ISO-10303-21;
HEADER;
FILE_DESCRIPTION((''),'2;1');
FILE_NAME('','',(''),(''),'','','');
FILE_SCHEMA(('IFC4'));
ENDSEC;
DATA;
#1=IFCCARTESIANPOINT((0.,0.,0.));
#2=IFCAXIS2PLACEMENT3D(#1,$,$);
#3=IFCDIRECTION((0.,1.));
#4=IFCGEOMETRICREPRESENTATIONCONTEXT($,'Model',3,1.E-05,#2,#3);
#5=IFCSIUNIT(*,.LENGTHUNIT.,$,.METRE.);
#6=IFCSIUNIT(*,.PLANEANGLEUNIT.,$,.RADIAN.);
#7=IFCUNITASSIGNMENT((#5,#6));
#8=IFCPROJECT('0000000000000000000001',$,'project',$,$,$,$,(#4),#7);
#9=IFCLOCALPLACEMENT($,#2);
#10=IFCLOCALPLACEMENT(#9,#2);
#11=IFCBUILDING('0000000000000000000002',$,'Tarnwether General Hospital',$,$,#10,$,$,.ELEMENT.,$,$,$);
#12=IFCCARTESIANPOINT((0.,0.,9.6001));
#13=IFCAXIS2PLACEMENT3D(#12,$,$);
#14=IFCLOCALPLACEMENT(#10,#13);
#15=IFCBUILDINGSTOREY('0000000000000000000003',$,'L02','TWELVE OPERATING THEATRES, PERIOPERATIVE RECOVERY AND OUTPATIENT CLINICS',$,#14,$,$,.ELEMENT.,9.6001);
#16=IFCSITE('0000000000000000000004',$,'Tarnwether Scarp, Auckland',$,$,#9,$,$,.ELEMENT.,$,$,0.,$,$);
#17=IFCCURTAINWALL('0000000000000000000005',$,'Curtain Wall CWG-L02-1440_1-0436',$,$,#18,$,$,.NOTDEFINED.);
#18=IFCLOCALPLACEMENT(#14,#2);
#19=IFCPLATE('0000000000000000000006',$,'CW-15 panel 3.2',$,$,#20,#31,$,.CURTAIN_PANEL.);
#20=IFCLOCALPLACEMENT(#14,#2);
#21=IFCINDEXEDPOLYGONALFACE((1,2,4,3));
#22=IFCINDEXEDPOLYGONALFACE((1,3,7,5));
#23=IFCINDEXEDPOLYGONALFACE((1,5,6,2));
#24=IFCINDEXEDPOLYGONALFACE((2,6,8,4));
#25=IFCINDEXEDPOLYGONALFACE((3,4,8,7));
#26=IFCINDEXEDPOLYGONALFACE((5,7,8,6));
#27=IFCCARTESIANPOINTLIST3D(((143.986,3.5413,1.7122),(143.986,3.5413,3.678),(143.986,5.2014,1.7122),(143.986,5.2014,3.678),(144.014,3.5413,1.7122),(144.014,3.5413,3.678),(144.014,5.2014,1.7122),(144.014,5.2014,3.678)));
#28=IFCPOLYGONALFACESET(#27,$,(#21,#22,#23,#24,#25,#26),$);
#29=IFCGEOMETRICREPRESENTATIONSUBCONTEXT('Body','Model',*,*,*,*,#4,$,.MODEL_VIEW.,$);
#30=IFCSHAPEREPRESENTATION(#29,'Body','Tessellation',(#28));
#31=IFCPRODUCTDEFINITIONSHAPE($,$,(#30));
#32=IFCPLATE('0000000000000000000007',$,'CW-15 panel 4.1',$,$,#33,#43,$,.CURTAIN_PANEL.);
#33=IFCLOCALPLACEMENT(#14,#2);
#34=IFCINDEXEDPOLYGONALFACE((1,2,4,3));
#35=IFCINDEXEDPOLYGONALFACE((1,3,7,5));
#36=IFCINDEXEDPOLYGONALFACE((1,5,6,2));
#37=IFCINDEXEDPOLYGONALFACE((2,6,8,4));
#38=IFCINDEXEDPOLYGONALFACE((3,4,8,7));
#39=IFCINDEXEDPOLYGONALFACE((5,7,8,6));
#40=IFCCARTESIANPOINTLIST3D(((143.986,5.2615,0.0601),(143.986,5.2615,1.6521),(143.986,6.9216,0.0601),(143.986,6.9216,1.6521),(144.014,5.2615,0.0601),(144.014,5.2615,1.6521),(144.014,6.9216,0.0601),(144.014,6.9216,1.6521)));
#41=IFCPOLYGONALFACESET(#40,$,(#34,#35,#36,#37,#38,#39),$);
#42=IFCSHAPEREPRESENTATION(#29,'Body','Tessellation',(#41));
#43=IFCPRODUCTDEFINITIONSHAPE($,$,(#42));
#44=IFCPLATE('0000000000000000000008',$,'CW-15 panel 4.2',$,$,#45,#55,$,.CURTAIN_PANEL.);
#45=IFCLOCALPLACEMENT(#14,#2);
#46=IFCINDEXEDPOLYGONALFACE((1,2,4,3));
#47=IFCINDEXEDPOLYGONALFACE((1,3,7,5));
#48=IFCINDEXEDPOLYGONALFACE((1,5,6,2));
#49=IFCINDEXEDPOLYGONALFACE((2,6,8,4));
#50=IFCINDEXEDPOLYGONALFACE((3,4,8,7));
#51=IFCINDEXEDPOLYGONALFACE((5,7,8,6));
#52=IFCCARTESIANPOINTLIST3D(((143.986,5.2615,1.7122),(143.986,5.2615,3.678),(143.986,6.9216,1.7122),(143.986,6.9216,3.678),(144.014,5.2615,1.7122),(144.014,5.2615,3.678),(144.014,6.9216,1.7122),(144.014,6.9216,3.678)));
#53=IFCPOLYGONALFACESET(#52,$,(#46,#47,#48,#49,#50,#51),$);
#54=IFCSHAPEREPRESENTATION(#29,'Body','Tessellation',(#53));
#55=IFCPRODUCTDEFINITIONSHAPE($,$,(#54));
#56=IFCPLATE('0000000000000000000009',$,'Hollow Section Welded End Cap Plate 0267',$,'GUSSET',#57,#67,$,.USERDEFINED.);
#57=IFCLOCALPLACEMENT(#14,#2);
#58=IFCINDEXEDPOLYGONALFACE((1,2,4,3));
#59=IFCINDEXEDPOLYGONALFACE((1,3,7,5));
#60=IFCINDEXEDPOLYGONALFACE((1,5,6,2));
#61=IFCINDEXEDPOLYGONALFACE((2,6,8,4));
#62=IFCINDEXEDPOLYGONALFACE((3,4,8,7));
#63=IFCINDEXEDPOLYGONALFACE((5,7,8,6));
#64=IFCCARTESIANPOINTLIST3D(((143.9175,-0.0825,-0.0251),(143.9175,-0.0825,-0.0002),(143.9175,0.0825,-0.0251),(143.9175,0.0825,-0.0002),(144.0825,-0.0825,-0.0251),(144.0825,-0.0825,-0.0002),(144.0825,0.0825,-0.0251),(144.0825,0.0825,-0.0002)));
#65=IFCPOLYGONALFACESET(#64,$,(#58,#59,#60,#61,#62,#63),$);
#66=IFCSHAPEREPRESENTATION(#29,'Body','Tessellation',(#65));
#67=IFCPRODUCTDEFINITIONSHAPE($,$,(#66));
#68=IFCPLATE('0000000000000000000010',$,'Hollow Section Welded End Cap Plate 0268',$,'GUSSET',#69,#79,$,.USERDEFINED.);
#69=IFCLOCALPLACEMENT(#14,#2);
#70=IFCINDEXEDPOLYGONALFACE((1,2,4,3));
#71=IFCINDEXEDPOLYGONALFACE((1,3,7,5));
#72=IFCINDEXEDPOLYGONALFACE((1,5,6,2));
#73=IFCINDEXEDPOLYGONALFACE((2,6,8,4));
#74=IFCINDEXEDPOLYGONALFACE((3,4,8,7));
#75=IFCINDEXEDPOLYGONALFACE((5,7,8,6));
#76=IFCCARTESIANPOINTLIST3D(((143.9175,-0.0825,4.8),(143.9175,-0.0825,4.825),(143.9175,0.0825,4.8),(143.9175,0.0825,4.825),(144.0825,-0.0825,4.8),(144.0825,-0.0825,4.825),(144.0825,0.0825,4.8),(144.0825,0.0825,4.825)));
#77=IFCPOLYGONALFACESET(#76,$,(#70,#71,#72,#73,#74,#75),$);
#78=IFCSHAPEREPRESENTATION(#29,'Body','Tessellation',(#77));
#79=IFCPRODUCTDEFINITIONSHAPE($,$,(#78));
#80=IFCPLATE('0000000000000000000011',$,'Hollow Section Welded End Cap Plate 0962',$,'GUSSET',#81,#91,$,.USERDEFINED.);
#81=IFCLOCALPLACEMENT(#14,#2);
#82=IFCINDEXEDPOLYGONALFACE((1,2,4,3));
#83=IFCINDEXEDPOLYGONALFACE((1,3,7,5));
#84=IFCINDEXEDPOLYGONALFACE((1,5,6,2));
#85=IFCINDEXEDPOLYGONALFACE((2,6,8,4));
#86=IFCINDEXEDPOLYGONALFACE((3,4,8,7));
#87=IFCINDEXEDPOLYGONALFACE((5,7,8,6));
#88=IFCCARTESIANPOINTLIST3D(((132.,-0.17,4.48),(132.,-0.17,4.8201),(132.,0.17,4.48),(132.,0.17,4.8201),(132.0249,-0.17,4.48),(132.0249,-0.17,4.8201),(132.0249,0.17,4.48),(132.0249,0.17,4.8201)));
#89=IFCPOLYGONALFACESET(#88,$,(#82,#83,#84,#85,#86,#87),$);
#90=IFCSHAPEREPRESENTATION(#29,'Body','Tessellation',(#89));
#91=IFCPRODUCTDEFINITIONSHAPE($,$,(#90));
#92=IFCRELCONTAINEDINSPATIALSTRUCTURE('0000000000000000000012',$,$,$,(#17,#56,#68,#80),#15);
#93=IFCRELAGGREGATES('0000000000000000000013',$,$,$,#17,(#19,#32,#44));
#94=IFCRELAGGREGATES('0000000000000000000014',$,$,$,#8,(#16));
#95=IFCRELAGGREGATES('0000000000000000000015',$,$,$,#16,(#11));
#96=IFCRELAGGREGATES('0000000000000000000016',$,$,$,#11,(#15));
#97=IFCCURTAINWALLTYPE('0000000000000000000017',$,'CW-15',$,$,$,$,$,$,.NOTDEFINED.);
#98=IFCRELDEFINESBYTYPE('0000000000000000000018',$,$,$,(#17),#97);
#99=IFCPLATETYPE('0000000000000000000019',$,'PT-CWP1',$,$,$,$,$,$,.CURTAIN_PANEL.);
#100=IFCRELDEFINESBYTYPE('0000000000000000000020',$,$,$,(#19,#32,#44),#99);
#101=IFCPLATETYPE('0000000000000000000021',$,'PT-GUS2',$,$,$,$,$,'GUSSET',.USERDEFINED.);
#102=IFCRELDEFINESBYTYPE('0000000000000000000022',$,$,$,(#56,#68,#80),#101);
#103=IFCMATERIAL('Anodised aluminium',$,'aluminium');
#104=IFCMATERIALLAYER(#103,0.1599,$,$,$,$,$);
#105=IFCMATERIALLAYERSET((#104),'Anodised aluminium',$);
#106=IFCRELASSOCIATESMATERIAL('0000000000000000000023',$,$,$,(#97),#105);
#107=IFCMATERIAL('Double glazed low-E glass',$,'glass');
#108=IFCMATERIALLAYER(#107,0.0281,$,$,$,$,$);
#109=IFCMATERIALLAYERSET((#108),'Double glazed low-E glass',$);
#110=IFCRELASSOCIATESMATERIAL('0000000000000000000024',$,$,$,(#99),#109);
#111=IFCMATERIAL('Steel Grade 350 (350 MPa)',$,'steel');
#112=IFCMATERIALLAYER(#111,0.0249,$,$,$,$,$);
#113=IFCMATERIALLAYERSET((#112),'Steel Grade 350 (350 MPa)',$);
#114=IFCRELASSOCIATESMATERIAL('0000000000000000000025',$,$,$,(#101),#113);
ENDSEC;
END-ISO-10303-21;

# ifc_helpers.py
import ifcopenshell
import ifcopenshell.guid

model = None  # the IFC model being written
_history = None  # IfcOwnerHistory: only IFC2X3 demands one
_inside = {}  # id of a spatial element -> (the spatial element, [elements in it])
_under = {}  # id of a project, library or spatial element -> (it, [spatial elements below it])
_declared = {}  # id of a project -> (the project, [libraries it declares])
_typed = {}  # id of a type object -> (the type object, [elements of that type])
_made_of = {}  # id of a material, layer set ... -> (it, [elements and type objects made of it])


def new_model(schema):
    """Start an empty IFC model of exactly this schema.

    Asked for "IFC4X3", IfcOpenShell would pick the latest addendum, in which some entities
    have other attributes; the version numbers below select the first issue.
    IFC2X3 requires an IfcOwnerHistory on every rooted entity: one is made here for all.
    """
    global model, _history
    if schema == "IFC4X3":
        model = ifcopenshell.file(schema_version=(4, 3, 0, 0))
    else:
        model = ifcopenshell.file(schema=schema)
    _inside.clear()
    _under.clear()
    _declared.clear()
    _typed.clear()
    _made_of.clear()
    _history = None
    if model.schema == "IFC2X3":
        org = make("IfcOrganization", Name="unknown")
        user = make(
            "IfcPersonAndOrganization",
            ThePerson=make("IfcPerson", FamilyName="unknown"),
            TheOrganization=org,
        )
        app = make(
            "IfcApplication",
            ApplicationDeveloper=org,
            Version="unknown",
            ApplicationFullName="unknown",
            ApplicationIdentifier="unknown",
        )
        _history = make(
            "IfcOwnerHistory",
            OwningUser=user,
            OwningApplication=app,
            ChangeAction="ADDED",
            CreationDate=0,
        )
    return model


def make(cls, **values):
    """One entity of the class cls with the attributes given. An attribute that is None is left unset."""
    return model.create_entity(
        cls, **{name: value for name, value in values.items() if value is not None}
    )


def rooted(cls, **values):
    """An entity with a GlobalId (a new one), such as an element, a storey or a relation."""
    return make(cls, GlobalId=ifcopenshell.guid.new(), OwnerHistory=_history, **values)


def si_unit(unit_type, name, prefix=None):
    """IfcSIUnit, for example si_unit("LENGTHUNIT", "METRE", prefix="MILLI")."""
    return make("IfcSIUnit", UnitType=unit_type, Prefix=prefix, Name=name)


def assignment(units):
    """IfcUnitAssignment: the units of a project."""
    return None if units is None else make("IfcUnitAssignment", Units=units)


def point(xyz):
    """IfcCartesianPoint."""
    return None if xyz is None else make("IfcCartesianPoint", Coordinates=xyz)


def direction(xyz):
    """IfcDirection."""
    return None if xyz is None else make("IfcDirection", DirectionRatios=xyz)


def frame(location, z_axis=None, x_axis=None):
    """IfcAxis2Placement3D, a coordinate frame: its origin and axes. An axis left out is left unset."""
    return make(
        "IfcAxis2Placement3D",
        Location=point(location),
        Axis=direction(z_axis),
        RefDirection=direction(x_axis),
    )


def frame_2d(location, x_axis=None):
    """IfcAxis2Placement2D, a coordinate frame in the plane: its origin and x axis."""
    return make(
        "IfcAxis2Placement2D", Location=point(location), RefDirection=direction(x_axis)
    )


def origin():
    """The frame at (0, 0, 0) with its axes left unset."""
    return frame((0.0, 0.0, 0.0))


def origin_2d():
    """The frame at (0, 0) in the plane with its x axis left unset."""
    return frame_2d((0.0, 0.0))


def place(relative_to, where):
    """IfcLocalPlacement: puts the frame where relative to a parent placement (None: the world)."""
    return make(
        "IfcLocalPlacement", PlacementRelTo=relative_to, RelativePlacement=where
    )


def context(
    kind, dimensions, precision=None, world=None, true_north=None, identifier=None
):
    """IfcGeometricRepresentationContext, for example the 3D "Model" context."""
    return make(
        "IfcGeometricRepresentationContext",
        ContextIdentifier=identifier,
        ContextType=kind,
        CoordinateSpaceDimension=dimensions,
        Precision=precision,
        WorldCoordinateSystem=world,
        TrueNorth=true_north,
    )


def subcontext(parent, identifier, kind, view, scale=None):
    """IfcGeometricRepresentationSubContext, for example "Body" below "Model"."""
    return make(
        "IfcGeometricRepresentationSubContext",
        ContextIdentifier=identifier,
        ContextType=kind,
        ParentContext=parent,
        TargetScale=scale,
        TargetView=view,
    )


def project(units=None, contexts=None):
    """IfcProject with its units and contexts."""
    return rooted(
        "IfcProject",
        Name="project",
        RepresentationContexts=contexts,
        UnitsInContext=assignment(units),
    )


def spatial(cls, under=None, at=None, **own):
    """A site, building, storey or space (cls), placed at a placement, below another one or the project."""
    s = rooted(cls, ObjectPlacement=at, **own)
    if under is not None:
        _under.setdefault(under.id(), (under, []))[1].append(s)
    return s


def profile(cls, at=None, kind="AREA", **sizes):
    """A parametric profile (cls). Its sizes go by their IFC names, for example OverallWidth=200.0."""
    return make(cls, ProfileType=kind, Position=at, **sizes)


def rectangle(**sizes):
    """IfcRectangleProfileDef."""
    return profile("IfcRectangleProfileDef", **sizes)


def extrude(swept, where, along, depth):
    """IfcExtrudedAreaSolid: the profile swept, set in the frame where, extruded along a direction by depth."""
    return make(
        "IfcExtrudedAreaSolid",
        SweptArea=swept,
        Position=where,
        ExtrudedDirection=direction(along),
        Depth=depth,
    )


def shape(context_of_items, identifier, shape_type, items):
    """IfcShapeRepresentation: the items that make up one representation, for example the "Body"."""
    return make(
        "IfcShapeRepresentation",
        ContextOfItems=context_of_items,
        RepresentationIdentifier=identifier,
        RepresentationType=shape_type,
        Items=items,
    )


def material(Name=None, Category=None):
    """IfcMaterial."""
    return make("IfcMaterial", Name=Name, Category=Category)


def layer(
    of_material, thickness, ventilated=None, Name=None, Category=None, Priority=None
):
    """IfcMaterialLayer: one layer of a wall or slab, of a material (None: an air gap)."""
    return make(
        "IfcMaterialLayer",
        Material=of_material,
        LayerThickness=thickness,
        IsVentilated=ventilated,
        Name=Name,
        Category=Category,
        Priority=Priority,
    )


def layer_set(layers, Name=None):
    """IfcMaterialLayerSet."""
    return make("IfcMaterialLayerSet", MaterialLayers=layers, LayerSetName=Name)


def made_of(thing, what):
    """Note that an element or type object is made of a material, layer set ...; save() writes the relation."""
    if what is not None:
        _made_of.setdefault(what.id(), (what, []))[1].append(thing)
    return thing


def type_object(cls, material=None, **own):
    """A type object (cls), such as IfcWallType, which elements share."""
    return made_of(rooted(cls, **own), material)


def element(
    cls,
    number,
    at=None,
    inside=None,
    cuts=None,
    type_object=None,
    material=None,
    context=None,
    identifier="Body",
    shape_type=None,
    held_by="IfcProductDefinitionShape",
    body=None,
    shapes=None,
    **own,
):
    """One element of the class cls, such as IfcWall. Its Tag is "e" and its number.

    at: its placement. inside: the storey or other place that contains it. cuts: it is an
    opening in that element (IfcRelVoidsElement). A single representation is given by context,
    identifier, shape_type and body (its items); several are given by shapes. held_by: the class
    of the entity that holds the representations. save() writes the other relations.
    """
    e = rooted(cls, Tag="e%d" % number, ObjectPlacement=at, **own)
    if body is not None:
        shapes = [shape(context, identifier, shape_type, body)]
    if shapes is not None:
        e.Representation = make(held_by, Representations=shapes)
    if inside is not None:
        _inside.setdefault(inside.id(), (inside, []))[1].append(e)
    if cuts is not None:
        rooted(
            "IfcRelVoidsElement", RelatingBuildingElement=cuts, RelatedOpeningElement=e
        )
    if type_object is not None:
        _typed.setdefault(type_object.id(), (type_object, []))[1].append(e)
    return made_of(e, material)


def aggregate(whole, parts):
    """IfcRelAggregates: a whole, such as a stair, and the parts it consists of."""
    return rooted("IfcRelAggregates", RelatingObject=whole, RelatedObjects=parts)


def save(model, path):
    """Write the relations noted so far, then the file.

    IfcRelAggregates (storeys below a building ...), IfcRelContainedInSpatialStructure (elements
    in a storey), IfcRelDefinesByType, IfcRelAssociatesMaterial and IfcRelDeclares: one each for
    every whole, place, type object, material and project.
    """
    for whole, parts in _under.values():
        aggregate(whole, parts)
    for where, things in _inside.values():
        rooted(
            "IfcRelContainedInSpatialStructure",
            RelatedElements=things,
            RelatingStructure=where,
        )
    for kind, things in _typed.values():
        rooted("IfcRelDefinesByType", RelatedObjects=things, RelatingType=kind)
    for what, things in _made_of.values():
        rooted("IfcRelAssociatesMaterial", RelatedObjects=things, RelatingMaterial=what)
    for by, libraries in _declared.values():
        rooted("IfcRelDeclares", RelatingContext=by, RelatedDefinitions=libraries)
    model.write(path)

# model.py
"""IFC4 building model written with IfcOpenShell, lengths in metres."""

from ifc_helpers import new_model, si_unit, direction, frame, origin, origin_2d, place, context, subcontext, project, spatial, rectangle, extrude, material, layer, layer_set, type_object, element, aggregate, save


model = new_model("IFC4")

# Units and contexts
model_context = context("Model", 3, precision=1e-05, world=origin(), true_north=direction((0.0, 1.0)))
body_context = subcontext(model_context, "Body", "Model", "MODEL_VIEW")
ifc_project = project(units=[si_unit("LENGTHUNIT", "METRE"), si_unit("PLANEANGLEUNIT", "RADIAN")], contexts=[model_context])

# Site, building, storey
site_placement = place(None, origin())
site = spatial("IfcSite", under=ifc_project, at=site_placement, Name="Tarnwether Scarp, Auckland", CompositionType="ELEMENT", RefElevation=0.0)
building_placement = place(site_placement, origin())
building = spatial("IfcBuilding", under=site, at=building_placement, Name="Tarnwether General Hospital", CompositionType="ELEMENT")
storey_placement = place(building_placement, frame((0.0, 0.0, 9.6001)))
storey = spatial("IfcBuildingStorey", under=building, at=storey_placement, Name="L02", Description="TWELVE OPERATING THEATRES, PERIOPERATIVE RECOVERY AND OUTPATIENT CLINICS", CompositionType="ELEMENT", Elevation=9.6001)

# Curtain wall, plates
ifc_material_1 = material(Name="Anodised aluminium", Category="aluminium")
ifc_layer_1 = layer(ifc_material_1, 0.1599)
ifc_layer_set_1 = layer_set([ifc_layer_1], Name="Anodised aluminium")
curtain_wall_type = type_object("IfcCurtainWallType", Name="CW-15", PredefinedType="NOTDEFINED", material=ifc_layer_set_1)
curtain_wall_placement = place(storey_placement, origin())
curtain_wall = element("IfcCurtainWall", 1, at=curtain_wall_placement, inside=storey, type_object=curtain_wall_type, Name="Curtain Wall CWG-L02-1440_1-0436", PredefinedType="NOTDEFINED")
ifc_material_2 = material(Name="Double glazed low-E glass", Category="glass")
ifc_layer_2 = layer(ifc_material_2, 0.0281)
ifc_layer_set_2 = layer_set([ifc_layer_2], Name="Double glazed low-E glass")
plate_type_1 = type_object("IfcPlateType", Name="PT-CWP1", PredefinedType="CURTAIN_PANEL", material=ifc_layer_set_2)
plate_1_placement = place(storey_placement, frame((144.0, 4.3713, 1.7122), z_axis=(0.0, 0.0, 1.0), x_axis=(0.0, 1.0, 0.0)))
plate_1 = element("IfcPlate", 2, at=plate_1_placement, type_object=plate_type_1, Name="CW-15 panel 3.2", PredefinedType="CURTAIN_PANEL", context=body_context, shape_type="SweptSolid", body=[
    extrude(rectangle(XDim=1.6602, YDim=0.0281, at=origin_2d()), origin(), (0.0, 0.0, 1.0), 1.9658),
])
plate_2_placement = place(storey_placement, frame((144.0, 6.0916, 0.0601), z_axis=(0.0, 0.0, 1.0), x_axis=(0.0, 1.0, 0.0)))
plate_2 = element("IfcPlate", 3, at=plate_2_placement, type_object=plate_type_1, Name="CW-15 panel 4.1", PredefinedType="CURTAIN_PANEL", context=body_context, shape_type="SweptSolid", body=[
    extrude(rectangle(XDim=1.6602, YDim=0.0281, at=origin_2d()), origin(), (0.0, 0.0, 1.0), 1.592),
])
plate_3_placement = place(storey_placement, frame((144.0, 6.0916, 1.7122), z_axis=(0.0, 0.0, 1.0), x_axis=(0.0, 1.0, 0.0)))
plate_3 = element("IfcPlate", 4, at=plate_3_placement, type_object=plate_type_1, Name="CW-15 panel 4.2", PredefinedType="CURTAIN_PANEL", context=body_context, shape_type="SweptSolid", body=[
    extrude(rectangle(XDim=1.6602, YDim=0.0281, at=origin_2d()), origin(), (0.0, 0.0, 1.0), 1.9658),
])
aggregate(curtain_wall, [plate_1, plate_2, plate_3])

# Plates
ifc_material_3 = material(Name="Steel Grade 350 (350 MPa)", Category="steel")
ifc_layer_3 = layer(ifc_material_3, 0.0249)
ifc_layer_set_3 = layer_set([ifc_layer_3], Name="Steel Grade 350 (350 MPa)")
plate_type_2 = type_object("IfcPlateType", Name="PT-GUS2", ElementType="GUSSET", PredefinedType="USERDEFINED", material=ifc_layer_set_3)
for number, where, z_axis, x_axis, name in (
    (5, (144.0, 0.0, -0.0251), (0.0, 0.0, 1.0), (1.0, 0.0, 0.0), "Hollow Section Welded End Cap Plate 0267"),
    (6, (144.0, 0.0, 4.8), (0.0, 0.0, 1.0), (1.0, 0.0, 0.0), "Hollow Section Welded End Cap Plate 0268"),
):
    element("IfcPlate", number, at=place(storey_placement, frame(where, z_axis=z_axis, x_axis=x_axis)), inside=storey, type_object=plate_type_2, Name=name, ObjectType="GUSSET", PredefinedType="USERDEFINED", context=body_context, shape_type="SweptSolid", body=[
        extrude(rectangle(XDim=0.165, YDim=0.165, at=origin_2d()), origin(), (0.0, 0.0, 1.0), 0.0249),
    ])
plate_4_placement = place(storey_placement, frame((132.0125, 0.0, 4.48), z_axis=(0.0, 0.0, 1.0), x_axis=(1.0, 0.0, 0.0)))
element("IfcPlate", 7, at=plate_4_placement, inside=storey, type_object=plate_type_2, Name="Hollow Section Welded End Cap Plate 0962", ObjectType="GUSSET", PredefinedType="USERDEFINED", context=body_context, shape_type="SweptSolid", body=[
    extrude(rectangle(XDim=0.0249, YDim=0.3401, at=origin_2d()), origin(), (0.0, 0.0, 1.0), 0.3401),
])

save(model, "model.ifc")
